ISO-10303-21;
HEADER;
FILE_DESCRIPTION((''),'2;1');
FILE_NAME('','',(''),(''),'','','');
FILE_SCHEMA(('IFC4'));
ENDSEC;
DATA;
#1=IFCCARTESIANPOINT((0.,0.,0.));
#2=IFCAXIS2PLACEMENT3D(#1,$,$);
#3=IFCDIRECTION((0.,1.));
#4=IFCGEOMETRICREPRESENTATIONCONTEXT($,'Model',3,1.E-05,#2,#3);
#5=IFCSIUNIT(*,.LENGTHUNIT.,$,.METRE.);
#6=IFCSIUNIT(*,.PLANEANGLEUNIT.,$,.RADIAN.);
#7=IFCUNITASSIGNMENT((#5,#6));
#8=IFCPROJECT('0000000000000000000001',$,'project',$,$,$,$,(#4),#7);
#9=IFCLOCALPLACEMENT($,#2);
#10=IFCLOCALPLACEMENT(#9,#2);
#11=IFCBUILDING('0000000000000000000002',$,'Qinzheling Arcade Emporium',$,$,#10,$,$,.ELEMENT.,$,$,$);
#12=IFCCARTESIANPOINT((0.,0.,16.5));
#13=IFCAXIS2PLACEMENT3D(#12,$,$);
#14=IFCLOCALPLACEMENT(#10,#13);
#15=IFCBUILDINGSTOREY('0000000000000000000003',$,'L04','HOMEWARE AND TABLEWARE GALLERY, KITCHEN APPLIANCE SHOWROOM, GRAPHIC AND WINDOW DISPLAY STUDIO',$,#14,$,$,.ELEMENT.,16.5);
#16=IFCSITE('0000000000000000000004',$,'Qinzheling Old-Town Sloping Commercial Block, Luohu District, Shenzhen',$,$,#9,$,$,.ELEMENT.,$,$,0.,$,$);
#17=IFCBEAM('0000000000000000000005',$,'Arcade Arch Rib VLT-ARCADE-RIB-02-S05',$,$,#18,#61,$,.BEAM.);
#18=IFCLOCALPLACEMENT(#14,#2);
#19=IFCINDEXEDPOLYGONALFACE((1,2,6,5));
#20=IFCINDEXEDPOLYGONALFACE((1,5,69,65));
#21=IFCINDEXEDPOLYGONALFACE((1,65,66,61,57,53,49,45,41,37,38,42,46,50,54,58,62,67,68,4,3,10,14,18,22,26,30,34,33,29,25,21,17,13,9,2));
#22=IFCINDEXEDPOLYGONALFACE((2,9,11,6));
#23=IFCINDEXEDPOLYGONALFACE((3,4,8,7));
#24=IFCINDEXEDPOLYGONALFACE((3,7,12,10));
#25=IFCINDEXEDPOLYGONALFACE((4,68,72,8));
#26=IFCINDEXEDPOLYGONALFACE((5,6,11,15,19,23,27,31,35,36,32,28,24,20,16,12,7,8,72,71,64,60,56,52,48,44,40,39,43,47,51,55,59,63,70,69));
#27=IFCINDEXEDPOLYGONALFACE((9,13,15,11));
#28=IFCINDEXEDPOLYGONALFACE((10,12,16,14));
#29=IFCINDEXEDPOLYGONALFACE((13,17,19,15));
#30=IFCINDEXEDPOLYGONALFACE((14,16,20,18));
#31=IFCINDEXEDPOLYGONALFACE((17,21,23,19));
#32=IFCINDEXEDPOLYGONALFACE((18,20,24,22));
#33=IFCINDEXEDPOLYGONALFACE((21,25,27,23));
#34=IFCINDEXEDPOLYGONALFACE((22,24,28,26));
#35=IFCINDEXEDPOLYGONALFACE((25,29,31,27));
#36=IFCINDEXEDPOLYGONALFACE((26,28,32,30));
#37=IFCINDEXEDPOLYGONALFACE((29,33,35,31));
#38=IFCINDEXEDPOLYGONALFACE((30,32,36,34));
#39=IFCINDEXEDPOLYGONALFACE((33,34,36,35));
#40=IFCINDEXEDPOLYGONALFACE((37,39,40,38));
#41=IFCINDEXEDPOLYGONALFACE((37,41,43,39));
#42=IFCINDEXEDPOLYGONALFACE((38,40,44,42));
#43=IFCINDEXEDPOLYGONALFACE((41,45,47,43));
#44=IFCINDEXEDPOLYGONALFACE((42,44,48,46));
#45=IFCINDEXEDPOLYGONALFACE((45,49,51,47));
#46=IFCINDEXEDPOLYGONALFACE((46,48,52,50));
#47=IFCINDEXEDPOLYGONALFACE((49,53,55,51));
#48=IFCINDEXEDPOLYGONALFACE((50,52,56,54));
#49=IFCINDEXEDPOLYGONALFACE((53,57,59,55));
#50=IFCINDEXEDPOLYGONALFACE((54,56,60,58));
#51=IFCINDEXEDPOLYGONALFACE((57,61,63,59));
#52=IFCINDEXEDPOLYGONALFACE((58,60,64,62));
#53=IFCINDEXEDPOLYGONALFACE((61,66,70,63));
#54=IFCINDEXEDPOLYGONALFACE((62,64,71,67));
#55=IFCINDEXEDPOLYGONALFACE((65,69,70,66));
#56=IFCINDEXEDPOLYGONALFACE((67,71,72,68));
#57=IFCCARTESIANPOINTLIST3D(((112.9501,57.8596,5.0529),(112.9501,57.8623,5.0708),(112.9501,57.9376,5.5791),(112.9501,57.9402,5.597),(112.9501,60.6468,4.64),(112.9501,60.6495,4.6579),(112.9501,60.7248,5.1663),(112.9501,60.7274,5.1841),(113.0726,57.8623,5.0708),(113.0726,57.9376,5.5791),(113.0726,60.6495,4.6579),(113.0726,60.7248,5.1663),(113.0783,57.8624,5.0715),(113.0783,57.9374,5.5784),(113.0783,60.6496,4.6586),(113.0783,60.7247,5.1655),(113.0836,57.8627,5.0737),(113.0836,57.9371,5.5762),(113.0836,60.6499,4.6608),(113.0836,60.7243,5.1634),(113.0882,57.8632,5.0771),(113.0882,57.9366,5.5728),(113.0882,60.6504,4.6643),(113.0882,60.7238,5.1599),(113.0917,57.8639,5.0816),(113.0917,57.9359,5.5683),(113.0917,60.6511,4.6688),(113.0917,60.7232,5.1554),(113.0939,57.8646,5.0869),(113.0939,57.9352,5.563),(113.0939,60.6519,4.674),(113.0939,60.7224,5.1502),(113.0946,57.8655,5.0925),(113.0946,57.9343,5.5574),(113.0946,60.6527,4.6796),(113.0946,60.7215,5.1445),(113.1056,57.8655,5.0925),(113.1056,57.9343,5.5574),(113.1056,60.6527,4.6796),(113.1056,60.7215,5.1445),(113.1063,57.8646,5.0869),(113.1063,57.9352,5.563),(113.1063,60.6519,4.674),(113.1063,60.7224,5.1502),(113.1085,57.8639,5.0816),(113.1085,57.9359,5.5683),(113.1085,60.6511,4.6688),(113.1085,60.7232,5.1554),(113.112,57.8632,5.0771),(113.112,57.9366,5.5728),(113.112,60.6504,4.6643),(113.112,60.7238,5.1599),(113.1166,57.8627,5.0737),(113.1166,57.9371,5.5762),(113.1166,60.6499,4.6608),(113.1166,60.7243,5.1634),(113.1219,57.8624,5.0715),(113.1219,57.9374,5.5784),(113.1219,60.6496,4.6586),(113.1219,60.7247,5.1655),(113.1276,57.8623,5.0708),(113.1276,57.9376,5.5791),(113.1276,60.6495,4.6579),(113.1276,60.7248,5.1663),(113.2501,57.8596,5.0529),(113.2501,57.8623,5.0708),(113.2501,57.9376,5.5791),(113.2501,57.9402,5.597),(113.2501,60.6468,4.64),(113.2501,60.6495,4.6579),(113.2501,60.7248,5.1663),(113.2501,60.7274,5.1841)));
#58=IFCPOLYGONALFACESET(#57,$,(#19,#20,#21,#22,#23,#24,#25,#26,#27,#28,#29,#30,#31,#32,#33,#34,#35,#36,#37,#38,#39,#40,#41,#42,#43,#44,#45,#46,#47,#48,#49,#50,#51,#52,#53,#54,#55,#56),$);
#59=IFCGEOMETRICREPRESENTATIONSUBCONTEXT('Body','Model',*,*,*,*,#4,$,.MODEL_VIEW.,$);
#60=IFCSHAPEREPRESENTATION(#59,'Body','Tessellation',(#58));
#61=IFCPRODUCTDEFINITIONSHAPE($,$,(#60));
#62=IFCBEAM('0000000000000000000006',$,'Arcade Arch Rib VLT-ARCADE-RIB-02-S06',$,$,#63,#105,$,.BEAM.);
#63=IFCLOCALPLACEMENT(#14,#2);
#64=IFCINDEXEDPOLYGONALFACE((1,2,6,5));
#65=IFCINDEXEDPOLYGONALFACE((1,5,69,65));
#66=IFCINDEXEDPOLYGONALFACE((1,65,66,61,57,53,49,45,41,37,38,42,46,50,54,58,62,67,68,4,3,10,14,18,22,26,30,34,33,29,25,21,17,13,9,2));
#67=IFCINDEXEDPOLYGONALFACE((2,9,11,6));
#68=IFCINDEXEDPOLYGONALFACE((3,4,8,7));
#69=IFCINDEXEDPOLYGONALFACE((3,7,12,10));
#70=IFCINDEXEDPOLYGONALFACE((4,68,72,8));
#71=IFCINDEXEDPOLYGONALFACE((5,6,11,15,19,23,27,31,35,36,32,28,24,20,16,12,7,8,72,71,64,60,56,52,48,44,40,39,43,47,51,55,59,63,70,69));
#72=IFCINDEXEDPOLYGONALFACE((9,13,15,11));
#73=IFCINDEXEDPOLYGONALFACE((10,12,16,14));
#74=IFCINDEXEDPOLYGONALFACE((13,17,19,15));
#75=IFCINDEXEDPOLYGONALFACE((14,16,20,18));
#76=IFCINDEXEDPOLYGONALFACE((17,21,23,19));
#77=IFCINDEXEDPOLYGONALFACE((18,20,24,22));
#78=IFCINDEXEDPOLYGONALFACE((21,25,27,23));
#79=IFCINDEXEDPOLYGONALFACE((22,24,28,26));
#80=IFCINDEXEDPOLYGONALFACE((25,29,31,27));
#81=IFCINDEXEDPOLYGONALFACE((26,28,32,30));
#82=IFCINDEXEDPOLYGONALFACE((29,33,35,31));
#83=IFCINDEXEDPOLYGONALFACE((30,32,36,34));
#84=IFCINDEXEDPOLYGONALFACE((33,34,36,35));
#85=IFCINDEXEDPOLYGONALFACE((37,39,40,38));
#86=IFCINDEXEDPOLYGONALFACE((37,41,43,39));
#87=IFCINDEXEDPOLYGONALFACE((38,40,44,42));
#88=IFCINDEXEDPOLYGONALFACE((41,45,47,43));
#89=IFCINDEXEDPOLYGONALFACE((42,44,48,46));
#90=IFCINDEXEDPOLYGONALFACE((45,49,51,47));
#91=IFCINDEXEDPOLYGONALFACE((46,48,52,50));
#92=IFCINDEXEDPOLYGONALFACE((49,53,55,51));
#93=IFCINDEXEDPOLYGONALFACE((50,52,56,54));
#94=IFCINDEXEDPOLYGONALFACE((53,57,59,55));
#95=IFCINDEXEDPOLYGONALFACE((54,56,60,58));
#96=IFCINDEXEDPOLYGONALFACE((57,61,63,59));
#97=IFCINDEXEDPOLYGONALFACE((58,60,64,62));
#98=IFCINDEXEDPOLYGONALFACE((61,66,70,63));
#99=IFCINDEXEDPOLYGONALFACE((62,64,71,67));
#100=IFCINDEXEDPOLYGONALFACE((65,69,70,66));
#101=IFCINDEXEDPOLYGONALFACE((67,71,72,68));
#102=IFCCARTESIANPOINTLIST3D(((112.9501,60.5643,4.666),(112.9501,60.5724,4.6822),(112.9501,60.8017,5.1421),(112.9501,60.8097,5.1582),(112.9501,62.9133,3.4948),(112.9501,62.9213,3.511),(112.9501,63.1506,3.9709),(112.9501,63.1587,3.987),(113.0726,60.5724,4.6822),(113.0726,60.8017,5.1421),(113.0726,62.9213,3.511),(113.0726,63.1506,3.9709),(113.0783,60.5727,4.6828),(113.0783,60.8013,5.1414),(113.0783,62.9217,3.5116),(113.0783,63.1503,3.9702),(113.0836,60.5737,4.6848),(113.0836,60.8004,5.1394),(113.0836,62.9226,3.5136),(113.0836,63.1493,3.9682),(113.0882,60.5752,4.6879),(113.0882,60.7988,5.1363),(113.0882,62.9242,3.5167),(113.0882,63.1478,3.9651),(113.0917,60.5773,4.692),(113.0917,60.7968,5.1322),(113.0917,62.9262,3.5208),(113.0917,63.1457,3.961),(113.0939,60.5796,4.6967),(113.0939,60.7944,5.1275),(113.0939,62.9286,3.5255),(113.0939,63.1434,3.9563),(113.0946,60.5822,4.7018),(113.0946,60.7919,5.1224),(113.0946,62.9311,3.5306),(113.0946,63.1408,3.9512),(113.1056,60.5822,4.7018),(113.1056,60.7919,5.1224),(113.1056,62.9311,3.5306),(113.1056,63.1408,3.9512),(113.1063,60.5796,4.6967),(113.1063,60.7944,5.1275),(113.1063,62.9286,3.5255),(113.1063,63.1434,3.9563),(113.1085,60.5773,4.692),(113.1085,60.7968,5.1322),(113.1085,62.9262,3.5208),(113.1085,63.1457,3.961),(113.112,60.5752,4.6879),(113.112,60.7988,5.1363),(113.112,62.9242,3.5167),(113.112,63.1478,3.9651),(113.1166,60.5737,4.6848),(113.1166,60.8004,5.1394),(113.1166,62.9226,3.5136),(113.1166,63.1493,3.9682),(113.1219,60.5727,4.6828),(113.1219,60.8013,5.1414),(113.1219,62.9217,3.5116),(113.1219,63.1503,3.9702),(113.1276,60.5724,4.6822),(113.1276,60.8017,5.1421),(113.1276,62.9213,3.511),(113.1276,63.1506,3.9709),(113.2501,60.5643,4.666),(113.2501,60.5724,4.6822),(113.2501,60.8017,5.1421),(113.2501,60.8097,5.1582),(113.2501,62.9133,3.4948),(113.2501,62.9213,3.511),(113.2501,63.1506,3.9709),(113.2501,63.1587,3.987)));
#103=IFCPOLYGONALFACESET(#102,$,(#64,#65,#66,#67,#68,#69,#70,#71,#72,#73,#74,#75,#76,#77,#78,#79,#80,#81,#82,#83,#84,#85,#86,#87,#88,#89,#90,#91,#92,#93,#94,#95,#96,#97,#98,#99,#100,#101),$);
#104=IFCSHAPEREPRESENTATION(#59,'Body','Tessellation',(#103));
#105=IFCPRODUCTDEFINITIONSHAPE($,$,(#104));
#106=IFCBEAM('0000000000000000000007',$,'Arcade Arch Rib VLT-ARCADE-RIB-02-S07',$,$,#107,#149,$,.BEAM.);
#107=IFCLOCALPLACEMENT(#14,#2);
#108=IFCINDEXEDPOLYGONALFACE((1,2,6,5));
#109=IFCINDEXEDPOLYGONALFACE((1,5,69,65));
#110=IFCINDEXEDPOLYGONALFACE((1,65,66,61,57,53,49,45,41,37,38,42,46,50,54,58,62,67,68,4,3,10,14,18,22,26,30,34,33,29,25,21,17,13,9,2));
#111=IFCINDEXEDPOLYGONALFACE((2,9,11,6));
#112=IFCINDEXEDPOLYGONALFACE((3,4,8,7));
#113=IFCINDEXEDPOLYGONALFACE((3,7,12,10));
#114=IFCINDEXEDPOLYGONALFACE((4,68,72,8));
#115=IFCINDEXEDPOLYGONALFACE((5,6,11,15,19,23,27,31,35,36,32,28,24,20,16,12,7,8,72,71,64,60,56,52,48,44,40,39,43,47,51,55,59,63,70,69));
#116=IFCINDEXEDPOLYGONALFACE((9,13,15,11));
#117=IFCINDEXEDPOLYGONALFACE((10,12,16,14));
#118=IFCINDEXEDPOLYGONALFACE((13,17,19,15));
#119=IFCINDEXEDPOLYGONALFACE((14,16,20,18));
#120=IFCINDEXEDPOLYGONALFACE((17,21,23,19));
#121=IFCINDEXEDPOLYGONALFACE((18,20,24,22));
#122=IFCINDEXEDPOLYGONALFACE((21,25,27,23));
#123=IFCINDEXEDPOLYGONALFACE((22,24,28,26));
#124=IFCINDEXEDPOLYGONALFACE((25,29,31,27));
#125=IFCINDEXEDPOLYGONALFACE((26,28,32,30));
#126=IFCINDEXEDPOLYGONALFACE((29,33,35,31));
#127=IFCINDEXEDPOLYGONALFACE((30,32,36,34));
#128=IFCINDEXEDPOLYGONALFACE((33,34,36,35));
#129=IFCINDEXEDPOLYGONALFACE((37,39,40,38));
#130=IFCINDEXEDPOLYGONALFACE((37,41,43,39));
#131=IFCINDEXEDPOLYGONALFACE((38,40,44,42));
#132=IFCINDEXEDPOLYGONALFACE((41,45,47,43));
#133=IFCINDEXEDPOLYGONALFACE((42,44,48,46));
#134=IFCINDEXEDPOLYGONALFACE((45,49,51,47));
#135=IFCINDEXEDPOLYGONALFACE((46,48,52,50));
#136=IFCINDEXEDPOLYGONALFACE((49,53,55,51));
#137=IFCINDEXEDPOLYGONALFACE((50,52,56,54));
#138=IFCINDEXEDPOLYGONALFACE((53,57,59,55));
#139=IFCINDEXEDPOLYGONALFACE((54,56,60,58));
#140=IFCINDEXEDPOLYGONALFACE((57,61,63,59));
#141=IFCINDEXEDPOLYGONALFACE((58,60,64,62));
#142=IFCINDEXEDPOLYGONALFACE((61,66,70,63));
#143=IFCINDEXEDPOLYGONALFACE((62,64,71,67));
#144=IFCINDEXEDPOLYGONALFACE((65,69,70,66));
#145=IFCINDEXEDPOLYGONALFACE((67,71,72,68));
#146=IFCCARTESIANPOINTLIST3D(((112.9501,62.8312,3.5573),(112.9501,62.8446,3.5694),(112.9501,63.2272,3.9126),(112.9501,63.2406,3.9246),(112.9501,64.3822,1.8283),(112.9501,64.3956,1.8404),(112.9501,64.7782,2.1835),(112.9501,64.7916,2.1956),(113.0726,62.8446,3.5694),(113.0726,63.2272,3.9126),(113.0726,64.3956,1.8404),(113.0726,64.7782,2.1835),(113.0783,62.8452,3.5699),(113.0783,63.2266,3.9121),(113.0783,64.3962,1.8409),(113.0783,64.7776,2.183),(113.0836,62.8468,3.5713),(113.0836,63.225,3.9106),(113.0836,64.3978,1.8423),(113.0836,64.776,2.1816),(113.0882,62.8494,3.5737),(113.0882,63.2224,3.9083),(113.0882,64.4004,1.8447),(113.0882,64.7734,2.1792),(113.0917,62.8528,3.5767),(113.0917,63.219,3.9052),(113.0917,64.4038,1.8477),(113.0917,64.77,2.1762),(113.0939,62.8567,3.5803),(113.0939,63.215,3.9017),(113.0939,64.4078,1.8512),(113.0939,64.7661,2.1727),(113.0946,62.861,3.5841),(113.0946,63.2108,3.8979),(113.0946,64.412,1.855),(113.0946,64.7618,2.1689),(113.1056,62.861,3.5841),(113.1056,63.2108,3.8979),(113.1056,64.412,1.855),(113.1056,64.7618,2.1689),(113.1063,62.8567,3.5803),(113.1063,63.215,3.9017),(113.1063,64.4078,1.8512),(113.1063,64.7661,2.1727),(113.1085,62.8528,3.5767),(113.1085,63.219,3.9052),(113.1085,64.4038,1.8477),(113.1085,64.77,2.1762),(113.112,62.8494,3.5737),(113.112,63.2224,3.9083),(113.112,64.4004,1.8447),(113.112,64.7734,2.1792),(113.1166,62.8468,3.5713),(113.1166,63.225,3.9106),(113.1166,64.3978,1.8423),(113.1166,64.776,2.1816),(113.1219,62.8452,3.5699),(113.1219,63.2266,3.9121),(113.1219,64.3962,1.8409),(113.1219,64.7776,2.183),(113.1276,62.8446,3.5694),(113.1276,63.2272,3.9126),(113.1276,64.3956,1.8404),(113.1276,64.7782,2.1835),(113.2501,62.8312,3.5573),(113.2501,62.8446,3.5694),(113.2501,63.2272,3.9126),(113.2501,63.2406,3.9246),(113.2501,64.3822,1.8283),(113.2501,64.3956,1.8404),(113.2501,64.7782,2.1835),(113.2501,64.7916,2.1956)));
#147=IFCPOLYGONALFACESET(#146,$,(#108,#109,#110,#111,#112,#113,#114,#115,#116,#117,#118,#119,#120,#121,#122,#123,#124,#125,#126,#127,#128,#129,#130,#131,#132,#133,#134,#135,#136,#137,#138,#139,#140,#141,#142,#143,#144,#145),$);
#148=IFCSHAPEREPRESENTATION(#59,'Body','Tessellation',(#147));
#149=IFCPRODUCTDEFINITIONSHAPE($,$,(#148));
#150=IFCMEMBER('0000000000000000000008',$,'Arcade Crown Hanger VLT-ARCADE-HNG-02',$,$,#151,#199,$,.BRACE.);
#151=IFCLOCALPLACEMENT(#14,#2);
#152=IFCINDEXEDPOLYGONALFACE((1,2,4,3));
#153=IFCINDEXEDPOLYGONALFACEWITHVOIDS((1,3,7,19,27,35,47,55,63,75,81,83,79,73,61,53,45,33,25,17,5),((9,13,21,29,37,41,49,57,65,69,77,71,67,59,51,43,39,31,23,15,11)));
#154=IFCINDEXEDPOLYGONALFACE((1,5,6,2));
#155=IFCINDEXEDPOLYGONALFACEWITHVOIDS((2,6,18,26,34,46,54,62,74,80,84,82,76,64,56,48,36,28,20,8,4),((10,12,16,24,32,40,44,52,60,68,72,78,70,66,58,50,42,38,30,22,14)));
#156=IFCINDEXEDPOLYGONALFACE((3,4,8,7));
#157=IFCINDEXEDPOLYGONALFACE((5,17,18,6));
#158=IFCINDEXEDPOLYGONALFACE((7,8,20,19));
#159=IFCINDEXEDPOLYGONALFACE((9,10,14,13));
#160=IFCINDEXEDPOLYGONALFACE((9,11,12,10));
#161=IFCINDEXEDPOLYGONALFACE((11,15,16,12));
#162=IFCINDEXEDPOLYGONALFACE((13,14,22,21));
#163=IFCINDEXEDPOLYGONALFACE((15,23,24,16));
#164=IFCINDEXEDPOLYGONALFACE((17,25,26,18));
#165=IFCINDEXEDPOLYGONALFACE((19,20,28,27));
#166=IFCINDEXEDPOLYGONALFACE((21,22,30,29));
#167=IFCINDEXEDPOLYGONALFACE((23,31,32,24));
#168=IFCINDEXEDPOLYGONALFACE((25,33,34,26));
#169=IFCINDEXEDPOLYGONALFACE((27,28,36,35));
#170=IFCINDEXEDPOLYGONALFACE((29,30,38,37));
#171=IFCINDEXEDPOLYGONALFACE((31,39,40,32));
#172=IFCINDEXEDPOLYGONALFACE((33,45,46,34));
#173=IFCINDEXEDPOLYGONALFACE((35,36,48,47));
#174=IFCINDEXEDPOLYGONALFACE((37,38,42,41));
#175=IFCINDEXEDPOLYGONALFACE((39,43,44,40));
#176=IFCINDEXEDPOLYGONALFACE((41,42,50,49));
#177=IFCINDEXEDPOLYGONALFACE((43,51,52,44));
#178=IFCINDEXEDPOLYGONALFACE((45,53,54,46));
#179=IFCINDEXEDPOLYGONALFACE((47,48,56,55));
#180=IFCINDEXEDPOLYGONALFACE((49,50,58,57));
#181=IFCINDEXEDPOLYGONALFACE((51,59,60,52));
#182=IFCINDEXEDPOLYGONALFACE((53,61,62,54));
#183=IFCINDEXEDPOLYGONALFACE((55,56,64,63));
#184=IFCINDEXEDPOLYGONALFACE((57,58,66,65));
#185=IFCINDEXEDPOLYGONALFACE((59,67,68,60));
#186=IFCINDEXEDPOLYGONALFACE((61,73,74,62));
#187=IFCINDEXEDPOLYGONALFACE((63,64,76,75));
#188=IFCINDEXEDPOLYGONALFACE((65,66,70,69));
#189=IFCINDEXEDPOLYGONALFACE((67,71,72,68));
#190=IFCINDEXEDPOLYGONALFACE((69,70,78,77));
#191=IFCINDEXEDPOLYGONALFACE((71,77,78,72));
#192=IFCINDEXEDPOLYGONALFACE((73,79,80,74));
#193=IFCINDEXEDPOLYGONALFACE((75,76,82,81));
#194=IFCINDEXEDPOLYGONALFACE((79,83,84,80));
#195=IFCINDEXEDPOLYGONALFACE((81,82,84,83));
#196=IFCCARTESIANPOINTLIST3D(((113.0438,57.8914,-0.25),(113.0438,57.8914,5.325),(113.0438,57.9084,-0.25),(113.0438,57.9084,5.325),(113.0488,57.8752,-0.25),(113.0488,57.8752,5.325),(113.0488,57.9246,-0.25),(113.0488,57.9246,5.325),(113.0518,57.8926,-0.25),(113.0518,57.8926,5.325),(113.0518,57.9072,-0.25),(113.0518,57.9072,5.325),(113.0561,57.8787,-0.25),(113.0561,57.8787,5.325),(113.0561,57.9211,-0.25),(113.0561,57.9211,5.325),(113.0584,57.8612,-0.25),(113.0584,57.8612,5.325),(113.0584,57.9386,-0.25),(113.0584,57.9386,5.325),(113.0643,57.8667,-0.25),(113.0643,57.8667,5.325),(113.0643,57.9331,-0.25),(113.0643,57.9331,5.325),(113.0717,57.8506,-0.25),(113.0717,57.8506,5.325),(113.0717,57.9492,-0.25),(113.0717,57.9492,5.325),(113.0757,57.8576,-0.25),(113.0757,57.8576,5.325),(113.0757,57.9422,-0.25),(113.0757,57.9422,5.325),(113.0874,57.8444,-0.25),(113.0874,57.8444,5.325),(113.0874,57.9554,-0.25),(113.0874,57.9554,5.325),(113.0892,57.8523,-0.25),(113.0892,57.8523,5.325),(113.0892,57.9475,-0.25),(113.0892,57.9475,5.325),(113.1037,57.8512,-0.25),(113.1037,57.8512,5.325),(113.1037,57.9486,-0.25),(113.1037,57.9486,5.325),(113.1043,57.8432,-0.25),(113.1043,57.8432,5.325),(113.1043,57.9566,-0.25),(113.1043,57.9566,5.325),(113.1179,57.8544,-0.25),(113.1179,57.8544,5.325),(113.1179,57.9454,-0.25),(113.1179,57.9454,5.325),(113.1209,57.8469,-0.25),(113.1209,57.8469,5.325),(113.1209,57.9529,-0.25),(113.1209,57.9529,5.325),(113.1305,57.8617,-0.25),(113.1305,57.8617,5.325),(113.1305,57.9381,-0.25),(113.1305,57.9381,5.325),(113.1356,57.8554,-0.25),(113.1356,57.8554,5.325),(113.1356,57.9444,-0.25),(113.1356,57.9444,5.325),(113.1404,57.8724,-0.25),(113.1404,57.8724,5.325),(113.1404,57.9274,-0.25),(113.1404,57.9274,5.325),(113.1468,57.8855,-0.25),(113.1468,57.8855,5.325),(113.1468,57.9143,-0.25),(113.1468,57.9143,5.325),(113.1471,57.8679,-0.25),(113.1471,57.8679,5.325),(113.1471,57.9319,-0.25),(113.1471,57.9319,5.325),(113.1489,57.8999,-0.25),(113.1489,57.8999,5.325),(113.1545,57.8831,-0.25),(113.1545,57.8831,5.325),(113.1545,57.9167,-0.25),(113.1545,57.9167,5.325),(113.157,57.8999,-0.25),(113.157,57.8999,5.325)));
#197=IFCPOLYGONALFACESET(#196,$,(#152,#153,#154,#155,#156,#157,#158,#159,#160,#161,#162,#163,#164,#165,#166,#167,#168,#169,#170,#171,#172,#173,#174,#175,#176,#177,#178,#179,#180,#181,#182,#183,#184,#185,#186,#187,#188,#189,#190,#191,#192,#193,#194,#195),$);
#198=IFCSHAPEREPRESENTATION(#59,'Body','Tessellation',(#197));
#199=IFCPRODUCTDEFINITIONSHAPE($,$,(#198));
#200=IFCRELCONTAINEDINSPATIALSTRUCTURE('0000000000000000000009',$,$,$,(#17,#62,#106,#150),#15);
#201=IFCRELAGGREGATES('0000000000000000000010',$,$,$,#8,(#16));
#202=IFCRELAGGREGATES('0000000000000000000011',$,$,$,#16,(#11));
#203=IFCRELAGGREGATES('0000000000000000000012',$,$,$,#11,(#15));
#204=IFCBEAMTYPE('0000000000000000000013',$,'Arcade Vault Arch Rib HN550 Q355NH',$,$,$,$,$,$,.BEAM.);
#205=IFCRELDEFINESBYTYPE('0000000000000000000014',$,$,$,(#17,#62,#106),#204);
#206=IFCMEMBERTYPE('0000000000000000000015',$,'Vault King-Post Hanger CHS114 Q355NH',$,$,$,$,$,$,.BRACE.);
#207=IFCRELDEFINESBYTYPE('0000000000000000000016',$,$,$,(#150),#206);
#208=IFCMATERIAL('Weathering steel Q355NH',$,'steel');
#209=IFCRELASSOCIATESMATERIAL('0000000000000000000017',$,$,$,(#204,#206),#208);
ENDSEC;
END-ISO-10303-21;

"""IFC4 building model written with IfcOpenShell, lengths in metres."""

from ifc_helpers import new_model, si_unit, direction, frame, origin, origin_2d, place, context, subcontext, project, spatial, hollow_circle, i_section, extrude, material, material_profile, profile_set, type_object, element, save


model = new_model("IFC4")

# Units and contexts
model_context = context("Model", 3, precision=1e-05, world=origin(), true_north=direction((0.0, 1.0)))
body_context = subcontext(model_context, "Body", "Model", "MODEL_VIEW")
ifc_project = project(units=[si_unit("LENGTHUNIT", "METRE"), si_unit("PLANEANGLEUNIT", "RADIAN")], contexts=[model_context])

# Site, building, storey
site_placement = place(None, origin())
site = spatial("IfcSite", under=ifc_project, at=site_placement, Name="Qinzheling Old-Town Sloping Commercial Block, Luohu District, Shenzhen", CompositionType="ELEMENT", RefElevation=0.0)
building_placement = place(site_placement, origin())
building = spatial("IfcBuilding", under=site, at=building_placement, Name="Qinzheling Arcade Emporium", CompositionType="ELEMENT")
storey_placement = place(building_placement, frame((0.0, 0.0, 16.5)))
storey = spatial("IfcBuildingStorey", under=building, at=storey_placement, Name="L04", Description="HOMEWARE AND TABLEWARE GALLERY, KITCHEN APPLIANCE SHOWROOM, GRAPHIC AND WINDOW DISPLAY STUDIO", CompositionType="ELEMENT", Elevation=16.5)

# Shared definitions
ifc_material_1 = material(Name="Weathering steel Q355NH", Category="steel")

# Beams
ifc_material_profile_1 = material_profile(ifc_material_1, i_section(OverallWidth=0.3, OverallDepth=0.55, WebThickness=0.011, FlangeThickness=0.0181, FilletRadius=0.022, at=origin_2d()), Name="HN 550x300x11x18", Category="steel")
ifc_profile_set_1 = profile_set([ifc_material_profile_1], Name="Weathering steel Q355NH")
beam_type_1 = type_object("IfcBeamType", Name="Arcade Vault Arch Rib HN550 Q355NH", PredefinedType="BEAM", material=ifc_profile_set_1)
beam_1_placement = place(storey_placement, frame((113.1001, 57.8999, 5.325), z_axis=(0.0, 0.989207, -0.146527), x_axis=(-1.0, 0.0, 0.0)))
element("IfcBeam", 1, at=beam_1_placement, inside=storey, type_object=beam_type_1, Name="Arcade Arch Rib VLT-ARCADE-RIB-02-S05", PredefinedType="BEAM", context=body_context, shape_type="SweptSolid", body=[
    extrude(i_section(OverallWidth=0.3, OverallDepth=0.55, WebThickness=0.011, FlangeThickness=0.0181, FilletRadius=0.022, at=origin_2d()), origin(), (0.0, 0.0, 1.0), 2.8176),
])
beam_2_placement = place(storey_placement, frame((113.1001, 60.687, 4.9121), z_axis=(0.0, 0.894929, -0.446209), x_axis=(-1.0, 0.0, 0.0)))
element("IfcBeam", 2, at=beam_2_placement, inside=storey, type_object=beam_type_1, Name="Arcade Arch Rib VLT-ARCADE-RIB-02-S06", PredefinedType="BEAM", context=body_context, shape_type="SweptSolid", body=[
    extrude(i_section(OverallWidth=0.3, OverallDepth=0.55, WebThickness=0.011, FlangeThickness=0.0181, FilletRadius=0.022, at=origin_2d()), origin(), (0.0, 0.0, 1.0), 2.6248),
])
beam_3_placement = place(storey_placement, frame((113.1001, 63.0359, 3.741), z_axis=(0.0, 0.667756, -0.74438), x_axis=(-1.0, 0.0, 0.0)))
element("IfcBeam", 3, at=beam_3_placement, inside=storey, type_object=beam_type_1, Name="Arcade Arch Rib VLT-ARCADE-RIB-02-S07", PredefinedType="BEAM", context=body_context, shape_type="SweptSolid", body=[
    extrude(i_section(OverallWidth=0.3, OverallDepth=0.55, WebThickness=0.011, FlangeThickness=0.0181, FilletRadius=0.022, at=origin_2d()), origin(), (0.0, 0.0, 1.0), 2.3228),
])

# Member
ifc_material_profile_2 = material_profile(ifc_material_1, hollow_circle(Radius=0.0569, WallThickness=0.0081, at=origin_2d()), Name="CHS 114x8", Category="steel")
ifc_profile_set_2 = profile_set([ifc_material_profile_2], Name="Weathering steel Q355NH")
member_type_1 = type_object("IfcMemberType", Name="Vault King-Post Hanger CHS114 Q355NH", PredefinedType="BRACE", material=ifc_profile_set_2)
member_1_placement = place(storey_placement, frame((113.1001, 57.8999, -0.25), z_axis=(0.0, 0.0, 1.0), x_axis=(1.0, 0.0, 0.0)))
element("IfcMember", 4, at=member_1_placement, inside=storey, type_object=member_type_1, Name="Arcade Crown Hanger VLT-ARCADE-HNG-02", PredefinedType="BRACE", context=body_context, shape_type="SweptSolid", body=[
    extrude(hollow_circle(Radius=0.0569, WallThickness=0.0081, at=origin_2d()), origin(), (0.0, 0.0, 1.0), 5.575),
])

save(model, "model.ifc")
